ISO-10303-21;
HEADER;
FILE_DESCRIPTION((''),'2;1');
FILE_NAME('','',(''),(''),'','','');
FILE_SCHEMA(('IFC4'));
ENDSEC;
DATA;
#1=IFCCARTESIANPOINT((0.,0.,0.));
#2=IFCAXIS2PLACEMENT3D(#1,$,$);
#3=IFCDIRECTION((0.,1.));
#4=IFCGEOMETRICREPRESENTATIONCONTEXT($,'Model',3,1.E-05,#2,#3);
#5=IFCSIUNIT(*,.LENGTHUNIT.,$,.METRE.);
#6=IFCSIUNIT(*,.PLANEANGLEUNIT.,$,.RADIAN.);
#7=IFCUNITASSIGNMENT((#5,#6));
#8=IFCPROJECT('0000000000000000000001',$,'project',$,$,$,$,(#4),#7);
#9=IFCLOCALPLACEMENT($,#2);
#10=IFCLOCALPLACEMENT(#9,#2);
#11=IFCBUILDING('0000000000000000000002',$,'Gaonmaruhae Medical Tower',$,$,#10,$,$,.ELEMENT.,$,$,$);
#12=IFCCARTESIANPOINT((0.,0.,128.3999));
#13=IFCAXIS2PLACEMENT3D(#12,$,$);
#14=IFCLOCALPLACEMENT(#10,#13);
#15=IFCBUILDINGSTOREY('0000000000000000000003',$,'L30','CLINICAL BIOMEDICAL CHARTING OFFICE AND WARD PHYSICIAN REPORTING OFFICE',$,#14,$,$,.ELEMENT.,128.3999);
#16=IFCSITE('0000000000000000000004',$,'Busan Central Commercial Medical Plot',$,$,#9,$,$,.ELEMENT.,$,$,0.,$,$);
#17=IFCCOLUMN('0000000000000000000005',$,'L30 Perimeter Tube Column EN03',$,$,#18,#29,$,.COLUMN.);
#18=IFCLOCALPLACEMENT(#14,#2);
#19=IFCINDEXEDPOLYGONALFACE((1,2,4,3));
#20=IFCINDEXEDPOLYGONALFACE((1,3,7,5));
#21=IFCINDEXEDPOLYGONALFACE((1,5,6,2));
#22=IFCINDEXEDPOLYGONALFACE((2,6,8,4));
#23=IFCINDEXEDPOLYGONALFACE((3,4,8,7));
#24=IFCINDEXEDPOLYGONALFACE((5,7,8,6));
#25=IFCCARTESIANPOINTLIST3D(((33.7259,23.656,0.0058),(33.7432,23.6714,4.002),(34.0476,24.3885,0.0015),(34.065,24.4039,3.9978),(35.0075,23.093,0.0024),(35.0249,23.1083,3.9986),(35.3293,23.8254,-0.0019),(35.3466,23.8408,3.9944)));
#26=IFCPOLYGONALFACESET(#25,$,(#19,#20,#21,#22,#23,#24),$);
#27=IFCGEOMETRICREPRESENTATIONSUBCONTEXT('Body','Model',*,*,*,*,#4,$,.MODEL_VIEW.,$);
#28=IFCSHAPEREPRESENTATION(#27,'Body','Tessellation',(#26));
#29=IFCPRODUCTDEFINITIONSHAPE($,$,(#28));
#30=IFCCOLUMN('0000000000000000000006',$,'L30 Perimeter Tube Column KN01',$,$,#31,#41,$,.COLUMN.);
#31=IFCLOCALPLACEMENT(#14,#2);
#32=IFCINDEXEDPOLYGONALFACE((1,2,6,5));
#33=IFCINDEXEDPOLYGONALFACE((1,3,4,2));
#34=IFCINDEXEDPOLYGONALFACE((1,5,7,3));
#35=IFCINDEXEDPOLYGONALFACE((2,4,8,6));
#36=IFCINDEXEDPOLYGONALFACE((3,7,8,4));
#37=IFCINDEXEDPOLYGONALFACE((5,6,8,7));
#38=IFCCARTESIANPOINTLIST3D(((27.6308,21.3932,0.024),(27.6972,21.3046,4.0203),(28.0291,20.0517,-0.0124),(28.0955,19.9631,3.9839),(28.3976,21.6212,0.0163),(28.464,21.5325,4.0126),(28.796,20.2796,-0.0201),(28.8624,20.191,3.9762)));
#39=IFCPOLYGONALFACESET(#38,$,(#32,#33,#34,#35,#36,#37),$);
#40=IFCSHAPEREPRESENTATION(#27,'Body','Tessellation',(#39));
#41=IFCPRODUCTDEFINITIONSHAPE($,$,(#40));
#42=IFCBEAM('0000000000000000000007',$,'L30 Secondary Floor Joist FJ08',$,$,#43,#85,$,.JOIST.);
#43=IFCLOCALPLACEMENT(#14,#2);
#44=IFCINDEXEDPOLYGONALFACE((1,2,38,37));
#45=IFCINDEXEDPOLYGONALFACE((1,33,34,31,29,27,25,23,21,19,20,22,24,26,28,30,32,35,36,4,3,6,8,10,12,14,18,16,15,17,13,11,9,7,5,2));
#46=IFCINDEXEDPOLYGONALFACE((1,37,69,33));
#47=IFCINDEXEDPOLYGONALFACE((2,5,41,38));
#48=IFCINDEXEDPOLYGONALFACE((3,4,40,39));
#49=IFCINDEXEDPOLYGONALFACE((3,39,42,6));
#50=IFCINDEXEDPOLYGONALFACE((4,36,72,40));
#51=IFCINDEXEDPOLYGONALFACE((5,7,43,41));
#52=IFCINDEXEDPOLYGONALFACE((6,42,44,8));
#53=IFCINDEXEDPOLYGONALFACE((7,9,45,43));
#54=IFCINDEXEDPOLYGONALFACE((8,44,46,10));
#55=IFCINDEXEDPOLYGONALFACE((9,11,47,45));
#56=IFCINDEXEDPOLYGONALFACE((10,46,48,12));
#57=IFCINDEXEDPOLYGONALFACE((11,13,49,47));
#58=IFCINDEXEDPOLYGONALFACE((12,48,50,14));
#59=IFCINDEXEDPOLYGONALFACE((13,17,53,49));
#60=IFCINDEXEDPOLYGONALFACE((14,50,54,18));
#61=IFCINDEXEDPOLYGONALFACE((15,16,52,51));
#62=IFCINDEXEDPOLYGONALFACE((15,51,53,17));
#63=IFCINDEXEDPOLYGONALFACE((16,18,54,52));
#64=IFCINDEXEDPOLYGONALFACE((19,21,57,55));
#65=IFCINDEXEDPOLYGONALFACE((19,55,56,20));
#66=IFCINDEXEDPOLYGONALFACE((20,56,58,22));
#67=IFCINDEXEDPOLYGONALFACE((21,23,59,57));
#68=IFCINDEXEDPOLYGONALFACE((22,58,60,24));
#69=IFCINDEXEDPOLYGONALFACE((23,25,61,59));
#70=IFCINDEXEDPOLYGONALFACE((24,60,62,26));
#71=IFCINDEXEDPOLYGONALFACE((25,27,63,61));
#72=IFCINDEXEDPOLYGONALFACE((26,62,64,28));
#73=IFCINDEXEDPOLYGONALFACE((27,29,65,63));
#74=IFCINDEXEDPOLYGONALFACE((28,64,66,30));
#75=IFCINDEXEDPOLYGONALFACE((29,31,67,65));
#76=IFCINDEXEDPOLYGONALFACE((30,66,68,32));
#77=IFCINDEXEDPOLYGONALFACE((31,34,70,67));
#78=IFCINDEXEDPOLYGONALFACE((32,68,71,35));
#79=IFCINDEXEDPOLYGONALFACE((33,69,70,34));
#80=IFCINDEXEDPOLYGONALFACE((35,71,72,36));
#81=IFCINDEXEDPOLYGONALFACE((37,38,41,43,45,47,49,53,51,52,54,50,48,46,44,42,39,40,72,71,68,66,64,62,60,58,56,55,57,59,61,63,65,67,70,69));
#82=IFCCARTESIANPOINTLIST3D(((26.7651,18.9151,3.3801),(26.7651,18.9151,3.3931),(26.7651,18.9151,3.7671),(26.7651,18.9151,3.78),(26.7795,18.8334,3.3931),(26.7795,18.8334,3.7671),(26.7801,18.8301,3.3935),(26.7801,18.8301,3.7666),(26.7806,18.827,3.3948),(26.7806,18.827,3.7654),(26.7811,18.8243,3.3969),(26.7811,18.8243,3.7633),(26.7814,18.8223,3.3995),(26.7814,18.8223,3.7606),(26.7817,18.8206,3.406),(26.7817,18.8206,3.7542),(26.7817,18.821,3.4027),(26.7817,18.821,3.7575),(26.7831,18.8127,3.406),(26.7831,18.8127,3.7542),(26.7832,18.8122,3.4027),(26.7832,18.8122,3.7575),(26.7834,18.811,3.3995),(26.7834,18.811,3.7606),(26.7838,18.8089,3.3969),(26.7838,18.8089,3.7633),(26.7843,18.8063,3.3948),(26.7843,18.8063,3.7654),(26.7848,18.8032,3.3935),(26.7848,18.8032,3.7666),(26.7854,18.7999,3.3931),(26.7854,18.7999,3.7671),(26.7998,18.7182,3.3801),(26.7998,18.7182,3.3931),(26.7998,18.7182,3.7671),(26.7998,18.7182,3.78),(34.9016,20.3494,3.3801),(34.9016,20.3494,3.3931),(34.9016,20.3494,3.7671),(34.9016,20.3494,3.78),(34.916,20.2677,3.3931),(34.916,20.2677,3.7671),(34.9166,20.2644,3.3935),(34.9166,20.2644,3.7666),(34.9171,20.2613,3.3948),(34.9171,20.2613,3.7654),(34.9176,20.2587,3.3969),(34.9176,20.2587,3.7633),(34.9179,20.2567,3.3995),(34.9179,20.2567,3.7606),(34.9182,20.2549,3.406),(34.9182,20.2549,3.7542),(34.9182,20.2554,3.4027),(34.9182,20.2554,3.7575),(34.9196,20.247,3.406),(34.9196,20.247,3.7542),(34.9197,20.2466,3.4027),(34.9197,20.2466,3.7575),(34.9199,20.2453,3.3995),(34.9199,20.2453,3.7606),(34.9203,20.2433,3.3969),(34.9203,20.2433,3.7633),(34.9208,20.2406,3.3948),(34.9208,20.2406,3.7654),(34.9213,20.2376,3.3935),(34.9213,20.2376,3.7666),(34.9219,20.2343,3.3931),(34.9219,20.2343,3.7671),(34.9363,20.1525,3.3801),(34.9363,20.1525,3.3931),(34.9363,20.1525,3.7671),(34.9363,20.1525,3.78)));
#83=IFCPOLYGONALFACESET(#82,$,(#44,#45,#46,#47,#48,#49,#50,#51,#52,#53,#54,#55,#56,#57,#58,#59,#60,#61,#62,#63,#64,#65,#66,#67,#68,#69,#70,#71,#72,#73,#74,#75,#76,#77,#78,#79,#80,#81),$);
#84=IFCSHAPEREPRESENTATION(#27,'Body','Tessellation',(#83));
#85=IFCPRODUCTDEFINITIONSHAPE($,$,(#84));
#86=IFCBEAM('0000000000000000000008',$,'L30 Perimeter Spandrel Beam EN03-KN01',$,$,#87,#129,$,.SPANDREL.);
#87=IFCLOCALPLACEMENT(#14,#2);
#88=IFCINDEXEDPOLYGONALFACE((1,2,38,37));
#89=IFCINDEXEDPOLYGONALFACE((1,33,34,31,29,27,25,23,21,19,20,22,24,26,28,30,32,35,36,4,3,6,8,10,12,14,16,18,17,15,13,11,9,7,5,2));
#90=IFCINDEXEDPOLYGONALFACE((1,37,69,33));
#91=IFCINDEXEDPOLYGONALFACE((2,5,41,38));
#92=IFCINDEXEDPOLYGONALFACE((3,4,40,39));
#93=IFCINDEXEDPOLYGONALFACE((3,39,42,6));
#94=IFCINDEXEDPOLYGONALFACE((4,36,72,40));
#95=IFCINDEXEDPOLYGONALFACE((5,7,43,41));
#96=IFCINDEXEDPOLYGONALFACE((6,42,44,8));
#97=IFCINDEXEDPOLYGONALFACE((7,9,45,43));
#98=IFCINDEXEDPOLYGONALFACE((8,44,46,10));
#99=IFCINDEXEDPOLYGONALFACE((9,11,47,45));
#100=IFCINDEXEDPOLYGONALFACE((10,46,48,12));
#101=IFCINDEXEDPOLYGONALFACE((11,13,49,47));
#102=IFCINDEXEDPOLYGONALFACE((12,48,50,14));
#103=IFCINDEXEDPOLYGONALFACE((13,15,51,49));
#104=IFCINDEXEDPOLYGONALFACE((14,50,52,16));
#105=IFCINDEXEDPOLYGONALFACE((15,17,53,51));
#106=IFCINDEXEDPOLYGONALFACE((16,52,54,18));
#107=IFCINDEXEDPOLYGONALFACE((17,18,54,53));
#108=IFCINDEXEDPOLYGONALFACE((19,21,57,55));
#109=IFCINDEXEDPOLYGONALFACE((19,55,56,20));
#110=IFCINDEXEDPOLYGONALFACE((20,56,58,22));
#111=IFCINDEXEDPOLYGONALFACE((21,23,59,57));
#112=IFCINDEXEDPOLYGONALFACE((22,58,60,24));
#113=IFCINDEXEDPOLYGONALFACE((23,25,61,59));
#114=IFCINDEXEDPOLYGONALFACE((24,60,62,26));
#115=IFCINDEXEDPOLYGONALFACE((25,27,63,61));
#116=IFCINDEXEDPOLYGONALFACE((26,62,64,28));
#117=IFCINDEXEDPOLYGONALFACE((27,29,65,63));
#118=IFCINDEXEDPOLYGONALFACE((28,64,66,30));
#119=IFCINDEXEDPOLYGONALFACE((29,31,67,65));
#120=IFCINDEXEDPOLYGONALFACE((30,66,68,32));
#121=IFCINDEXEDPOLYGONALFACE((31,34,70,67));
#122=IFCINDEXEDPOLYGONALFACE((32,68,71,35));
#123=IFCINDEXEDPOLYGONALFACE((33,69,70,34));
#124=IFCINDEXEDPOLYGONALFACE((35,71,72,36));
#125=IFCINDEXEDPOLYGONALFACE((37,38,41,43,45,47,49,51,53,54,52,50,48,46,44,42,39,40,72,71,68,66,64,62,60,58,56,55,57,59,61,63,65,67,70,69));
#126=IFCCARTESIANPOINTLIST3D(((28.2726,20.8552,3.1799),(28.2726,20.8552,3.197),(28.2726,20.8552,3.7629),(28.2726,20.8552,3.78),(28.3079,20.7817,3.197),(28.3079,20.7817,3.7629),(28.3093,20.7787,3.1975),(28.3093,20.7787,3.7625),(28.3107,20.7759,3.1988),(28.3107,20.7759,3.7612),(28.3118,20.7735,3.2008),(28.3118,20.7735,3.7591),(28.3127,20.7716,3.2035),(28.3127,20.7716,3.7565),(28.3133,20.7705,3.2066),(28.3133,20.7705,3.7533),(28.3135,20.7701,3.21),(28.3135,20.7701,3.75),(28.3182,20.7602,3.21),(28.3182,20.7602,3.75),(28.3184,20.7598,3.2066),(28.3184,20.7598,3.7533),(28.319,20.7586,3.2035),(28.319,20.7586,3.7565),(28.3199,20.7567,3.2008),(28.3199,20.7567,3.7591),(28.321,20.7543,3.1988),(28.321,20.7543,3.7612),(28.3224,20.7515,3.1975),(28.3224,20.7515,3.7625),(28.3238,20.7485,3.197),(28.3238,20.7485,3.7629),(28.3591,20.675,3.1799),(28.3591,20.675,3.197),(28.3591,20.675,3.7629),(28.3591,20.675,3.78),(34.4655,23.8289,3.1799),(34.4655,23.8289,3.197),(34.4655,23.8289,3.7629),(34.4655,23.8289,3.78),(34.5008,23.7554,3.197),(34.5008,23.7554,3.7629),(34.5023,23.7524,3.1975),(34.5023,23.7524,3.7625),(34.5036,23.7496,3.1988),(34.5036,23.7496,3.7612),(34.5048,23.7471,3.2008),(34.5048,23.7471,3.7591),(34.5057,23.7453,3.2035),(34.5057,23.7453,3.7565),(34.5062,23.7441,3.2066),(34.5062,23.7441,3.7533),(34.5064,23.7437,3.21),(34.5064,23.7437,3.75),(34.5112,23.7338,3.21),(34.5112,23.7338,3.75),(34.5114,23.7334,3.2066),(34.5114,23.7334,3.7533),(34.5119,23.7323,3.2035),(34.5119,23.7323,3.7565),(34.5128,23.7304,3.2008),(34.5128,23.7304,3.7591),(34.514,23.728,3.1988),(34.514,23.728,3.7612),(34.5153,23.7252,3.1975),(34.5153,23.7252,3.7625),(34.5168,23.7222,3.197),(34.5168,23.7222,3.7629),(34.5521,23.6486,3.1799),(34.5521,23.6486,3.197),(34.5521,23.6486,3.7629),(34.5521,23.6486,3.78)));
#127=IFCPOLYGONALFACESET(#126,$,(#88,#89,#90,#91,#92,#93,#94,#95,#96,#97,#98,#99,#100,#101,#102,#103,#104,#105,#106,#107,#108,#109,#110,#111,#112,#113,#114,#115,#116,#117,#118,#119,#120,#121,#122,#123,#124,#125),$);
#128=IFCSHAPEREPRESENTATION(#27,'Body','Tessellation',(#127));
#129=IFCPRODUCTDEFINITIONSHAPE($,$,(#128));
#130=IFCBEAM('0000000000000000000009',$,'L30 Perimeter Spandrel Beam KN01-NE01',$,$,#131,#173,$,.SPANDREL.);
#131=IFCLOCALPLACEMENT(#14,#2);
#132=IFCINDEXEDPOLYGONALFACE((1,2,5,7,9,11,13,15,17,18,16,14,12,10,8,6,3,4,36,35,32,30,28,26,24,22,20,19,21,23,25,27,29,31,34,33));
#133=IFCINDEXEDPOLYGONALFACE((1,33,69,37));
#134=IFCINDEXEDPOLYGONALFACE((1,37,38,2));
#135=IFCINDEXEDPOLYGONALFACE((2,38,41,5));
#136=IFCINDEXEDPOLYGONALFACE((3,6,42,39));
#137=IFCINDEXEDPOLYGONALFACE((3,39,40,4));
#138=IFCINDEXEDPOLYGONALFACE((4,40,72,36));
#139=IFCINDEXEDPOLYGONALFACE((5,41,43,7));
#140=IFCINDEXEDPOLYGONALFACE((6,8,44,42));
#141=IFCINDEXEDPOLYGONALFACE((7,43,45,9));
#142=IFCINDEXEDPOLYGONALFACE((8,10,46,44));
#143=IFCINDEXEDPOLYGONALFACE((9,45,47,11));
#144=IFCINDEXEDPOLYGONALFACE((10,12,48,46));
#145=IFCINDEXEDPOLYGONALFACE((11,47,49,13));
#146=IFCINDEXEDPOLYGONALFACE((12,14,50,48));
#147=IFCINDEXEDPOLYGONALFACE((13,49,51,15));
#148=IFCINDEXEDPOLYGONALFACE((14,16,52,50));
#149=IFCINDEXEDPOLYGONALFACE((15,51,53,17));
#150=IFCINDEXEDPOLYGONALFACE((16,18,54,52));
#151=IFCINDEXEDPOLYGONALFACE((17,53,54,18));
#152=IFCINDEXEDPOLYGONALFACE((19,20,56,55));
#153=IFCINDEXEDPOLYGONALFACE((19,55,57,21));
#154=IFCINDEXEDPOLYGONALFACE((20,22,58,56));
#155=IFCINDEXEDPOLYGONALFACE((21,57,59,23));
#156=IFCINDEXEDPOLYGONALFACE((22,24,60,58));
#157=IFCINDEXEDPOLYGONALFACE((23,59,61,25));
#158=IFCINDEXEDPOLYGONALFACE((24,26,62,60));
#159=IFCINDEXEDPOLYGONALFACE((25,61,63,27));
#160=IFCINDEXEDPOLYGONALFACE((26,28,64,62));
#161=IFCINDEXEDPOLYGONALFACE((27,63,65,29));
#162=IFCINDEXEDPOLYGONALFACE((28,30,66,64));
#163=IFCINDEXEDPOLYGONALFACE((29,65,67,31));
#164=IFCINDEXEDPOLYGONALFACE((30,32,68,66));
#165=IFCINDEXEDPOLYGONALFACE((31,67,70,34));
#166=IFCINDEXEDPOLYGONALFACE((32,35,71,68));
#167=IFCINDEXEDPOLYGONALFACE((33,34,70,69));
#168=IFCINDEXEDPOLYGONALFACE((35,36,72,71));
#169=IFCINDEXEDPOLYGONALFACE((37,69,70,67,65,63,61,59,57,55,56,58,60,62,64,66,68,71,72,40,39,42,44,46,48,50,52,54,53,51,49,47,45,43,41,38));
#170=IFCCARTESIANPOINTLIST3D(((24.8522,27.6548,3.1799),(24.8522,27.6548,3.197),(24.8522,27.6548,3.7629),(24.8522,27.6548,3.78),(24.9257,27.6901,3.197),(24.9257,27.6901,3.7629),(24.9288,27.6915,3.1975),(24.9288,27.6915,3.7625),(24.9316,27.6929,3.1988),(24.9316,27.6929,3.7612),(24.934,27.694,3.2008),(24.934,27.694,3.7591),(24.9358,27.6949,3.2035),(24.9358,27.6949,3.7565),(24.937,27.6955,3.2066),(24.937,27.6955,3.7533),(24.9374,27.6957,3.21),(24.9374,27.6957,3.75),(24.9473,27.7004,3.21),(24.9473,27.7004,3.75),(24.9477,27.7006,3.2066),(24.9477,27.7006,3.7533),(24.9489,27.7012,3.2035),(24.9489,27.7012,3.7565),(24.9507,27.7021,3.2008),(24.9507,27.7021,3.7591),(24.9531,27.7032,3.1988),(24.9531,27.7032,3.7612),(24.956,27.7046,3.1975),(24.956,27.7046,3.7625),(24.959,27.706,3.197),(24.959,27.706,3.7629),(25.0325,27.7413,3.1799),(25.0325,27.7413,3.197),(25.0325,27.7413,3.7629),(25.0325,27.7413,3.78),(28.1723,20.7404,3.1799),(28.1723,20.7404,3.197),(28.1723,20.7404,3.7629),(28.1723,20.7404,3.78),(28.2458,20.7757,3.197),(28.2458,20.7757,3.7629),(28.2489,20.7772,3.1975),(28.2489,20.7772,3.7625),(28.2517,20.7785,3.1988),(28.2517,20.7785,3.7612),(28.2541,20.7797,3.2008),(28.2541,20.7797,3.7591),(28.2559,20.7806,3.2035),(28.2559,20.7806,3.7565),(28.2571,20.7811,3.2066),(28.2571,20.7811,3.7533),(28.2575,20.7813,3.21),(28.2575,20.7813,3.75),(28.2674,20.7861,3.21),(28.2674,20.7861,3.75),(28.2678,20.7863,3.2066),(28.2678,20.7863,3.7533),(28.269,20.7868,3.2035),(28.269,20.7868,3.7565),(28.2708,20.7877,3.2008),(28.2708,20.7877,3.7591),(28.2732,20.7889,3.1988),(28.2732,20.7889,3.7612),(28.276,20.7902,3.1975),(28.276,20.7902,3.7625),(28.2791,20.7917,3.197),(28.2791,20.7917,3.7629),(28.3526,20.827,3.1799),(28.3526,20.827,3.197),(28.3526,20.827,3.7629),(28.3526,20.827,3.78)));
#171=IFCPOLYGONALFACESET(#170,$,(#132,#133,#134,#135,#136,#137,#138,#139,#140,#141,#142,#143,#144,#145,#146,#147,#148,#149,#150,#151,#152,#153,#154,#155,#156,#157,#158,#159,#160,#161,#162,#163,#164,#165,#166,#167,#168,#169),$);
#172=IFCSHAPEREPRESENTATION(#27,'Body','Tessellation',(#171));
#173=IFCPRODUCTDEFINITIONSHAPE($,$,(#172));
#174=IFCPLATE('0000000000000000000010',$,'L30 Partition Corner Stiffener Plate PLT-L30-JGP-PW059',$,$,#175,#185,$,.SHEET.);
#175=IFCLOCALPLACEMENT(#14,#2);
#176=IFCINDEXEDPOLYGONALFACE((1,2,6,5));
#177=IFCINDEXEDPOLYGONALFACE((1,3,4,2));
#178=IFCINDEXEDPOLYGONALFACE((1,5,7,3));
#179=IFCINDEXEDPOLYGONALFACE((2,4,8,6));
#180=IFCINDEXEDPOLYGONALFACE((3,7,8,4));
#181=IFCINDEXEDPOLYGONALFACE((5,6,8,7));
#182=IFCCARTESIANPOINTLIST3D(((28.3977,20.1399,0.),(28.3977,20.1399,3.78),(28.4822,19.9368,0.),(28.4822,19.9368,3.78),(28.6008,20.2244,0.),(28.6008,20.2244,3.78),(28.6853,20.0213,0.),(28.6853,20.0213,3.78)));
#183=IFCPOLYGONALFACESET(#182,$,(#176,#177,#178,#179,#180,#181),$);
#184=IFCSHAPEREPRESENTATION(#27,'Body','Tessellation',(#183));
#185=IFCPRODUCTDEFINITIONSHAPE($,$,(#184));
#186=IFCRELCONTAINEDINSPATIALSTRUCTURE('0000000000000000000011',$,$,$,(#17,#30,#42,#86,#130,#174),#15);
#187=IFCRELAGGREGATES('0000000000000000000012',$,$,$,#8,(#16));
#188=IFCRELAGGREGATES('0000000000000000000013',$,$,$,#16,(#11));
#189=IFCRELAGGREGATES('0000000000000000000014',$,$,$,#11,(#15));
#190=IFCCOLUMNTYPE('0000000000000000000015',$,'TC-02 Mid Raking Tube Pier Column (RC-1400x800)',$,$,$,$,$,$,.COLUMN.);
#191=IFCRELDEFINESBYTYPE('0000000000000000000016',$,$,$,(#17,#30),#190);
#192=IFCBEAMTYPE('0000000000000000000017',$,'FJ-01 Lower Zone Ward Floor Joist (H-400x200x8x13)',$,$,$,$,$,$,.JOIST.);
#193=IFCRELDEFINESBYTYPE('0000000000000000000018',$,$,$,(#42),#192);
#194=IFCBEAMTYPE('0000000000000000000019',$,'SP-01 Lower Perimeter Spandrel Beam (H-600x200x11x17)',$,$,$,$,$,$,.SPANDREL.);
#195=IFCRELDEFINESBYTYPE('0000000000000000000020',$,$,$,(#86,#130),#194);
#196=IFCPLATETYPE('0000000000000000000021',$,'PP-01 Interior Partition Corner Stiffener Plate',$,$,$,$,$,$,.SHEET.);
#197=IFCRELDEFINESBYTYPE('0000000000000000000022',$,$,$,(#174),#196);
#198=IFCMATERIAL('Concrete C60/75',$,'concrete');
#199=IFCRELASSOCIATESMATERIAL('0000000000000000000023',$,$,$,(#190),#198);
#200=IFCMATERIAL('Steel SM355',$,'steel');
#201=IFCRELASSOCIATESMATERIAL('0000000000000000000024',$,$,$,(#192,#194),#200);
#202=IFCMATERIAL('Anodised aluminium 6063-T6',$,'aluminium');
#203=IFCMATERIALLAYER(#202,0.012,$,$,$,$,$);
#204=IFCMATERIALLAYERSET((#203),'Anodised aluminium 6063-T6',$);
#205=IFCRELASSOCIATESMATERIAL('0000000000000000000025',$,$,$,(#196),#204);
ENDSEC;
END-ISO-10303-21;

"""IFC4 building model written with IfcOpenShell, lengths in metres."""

from ifc_helpers import new_model, si_unit, direction, frame, origin, origin_2d, place, context, subcontext, project, spatial, rectangle, i_section, extrude, material, layer, layer_set, material_profile, profile_set, type_object, element, save


model = new_model("IFC4")

# Units and contexts
model_context = context("Model", 3, precision=1e-05, world=origin(), true_north=direction((0.0, 1.0)))
body_context = subcontext(model_context, "Body", "Model", "MODEL_VIEW")
ifc_project = project(units=[si_unit("LENGTHUNIT", "METRE"), si_unit("PLANEANGLEUNIT", "RADIAN")], contexts=[model_context])

# Site, building, storey
site_placement = place(None, origin())
site = spatial("IfcSite", under=ifc_project, at=site_placement, Name="Busan Central Commercial Medical Plot", CompositionType="ELEMENT", RefElevation=0.0)
building_placement = place(site_placement, origin())
building = spatial("IfcBuilding", under=site, at=building_placement, Name="Gaonmaruhae Medical Tower", CompositionType="ELEMENT")
storey_placement = place(building_placement, frame((0.0, 0.0, 128.3999)))
storey = spatial("IfcBuildingStorey", under=building, at=storey_placement, Name="L30", Description="CLINICAL BIOMEDICAL CHARTING OFFICE AND WARD PHYSICIAN REPORTING OFFICE", CompositionType="ELEMENT", Elevation=128.3999)

# Columns
ifc_material_1 = material(Name="Concrete C60/75", Category="concrete")
ifc_material_profile_1 = material_profile(ifc_material_1, rectangle(XDim=1.3999, YDim=0.8, at=origin_2d()), Name="RC-1400x800")
ifc_profile_set_1 = profile_set([ifc_material_profile_1], Name="Concrete C60/75")
column_type = type_object("IfcColumnType", Name="TC-02 Mid Raking Tube Pier Column (RC-1400x800)", PredefinedType="COLUMN", material=ifc_profile_set_1)
column_1_placement = place(storey_placement, frame((34.5276, 23.7407, 0.002), z_axis=(0.004337, 0.003849, 0.999983), x_axis=(-0.915541, 0.402218, 0.002423)))
element("IfcColumn", 1, at=column_1_placement, inside=storey, type_object=column_type, Name="L30 Perimeter Tube Column EN03", PredefinedType="COLUMN", context=body_context, shape_type="SweptSolid", body=[
    extrude(rectangle(XDim=1.3999, YDim=0.8, at=origin_2d()), origin(), (0.0, 0.0, 1.0), 3.9963),
])
column_2_placement = place(storey_placement, frame((28.2134, 20.8364, 0.002), z_axis=(0.01661, -0.022168, 0.999616), x_axis=(-0.284546, 0.95831, 0.02598)))
element("IfcColumn", 2, at=column_2_placement, inside=storey, type_object=column_type, Name="L30 Perimeter Tube Column KN01", PredefinedType="COLUMN", context=body_context, shape_type="SweptSolid", body=[
    extrude(rectangle(XDim=1.3999, YDim=0.8, at=origin_2d()), origin(), (0.0, 0.0, 1.0), 3.9978),
])

# Beams
ifc_material_2 = material(Name="Steel SM355", Category="steel")
ifc_material_profile_2 = material_profile(ifc_material_2, i_section(OverallWidth=0.2, OverallDepth=0.3999, WebThickness=0.0081, FlangeThickness=0.0129, FilletRadius=0.0129, at=origin_2d()), Name="H-400x200x8x13")
ifc_profile_set_2 = profile_set([ifc_material_profile_2], Name="Steel SM355")
beam_type_1 = type_object("IfcBeamType", Name="FJ-01 Lower Zone Ward Floor Joist (H-400x200x8x13)", PredefinedType="JOIST", material=ifc_profile_set_2)
beam_1_placement = place(storey_placement, frame((34.9189, 20.251, 3.5801), z_axis=(-0.984815, -0.173607, 0.0), x_axis=(0.173607, -0.984815, 0.0)))
element("IfcBeam", 3, at=beam_1_placement, inside=storey, type_object=beam_type_1, Name="L30 Secondary Floor Joist FJ08", PredefinedType="JOIST", context=body_context, shape_type="SweptSolid", body=[
    extrude(i_section(OverallWidth=0.2, OverallDepth=0.3999, WebThickness=0.0081, FlangeThickness=0.0129, FilletRadius=0.0129, at=origin_2d()), origin(), (0.0, 0.0, 1.0), 8.262),
])
ifc_material_profile_3 = material_profile(ifc_material_2, i_section(OverallWidth=0.2, OverallDepth=0.6001, WebThickness=0.011, FlangeThickness=0.0171, FilletRadius=0.0129, at=origin_2d()), Name="H-600x200x11x17")
ifc_profile_set_3 = profile_set([ifc_material_profile_3], Name="Steel SM355")
beam_type_2 = type_object("IfcBeamType", Name="SP-01 Lower Perimeter Spandrel Beam (H-600x200x11x17)", PredefinedType="SPANDREL", material=ifc_profile_set_3)
beam_2_placement = place(storey_placement, frame((34.5088, 23.7388, 3.48), z_axis=(-0.901463, -0.432856, 0.0), x_axis=(0.432856, -0.901463, 0.0)))
element("IfcBeam", 4, at=beam_2_placement, inside=storey, type_object=beam_type_2, Name="L30 Perimeter Spandrel Beam EN03-KN01", PredefinedType="SPANDREL", context=body_context, shape_type="SweptSolid", body=[
    extrude(i_section(OverallWidth=0.2, OverallDepth=0.6001, WebThickness=0.011, FlangeThickness=0.0171, FilletRadius=0.0129, at=origin_2d()), origin(), (0.0, 0.0, 1.0), 6.8699),
])
beam_3_placement = place(storey_placement, frame((28.2625, 20.7837, 3.48), z_axis=(-0.432858, 0.901462, 0.0), x_axis=(-0.901462, -0.432858, 0.0)))
element("IfcBeam", 5, at=beam_3_placement, inside=storey, type_object=beam_type_2, Name="L30 Perimeter Spandrel Beam KN01-NE01", PredefinedType="SPANDREL", context=body_context, shape_type="SweptSolid", body=[
    extrude(i_section(OverallWidth=0.2, OverallDepth=0.6001, WebThickness=0.011, FlangeThickness=0.0171, FilletRadius=0.0129, at=origin_2d()), origin(), (0.0, 0.0, 1.0), 7.6702),
])

# Plate
ifc_material_3 = material(Name="Anodised aluminium 6063-T6", Category="aluminium")
ifc_layer_1 = layer(ifc_material_3, 0.012)
ifc_layer_set_1 = layer_set([ifc_layer_1], Name="Anodised aluminium 6063-T6")
plate_type = type_object("IfcPlateType", Name="PP-01 Interior Partition Corner Stiffener Plate", PredefinedType="SHEET", material=ifc_layer_set_1)
for number, where, z_axis, x_axis, name in (
    (6, (28.5415, 20.0806, 0.0), (0.0, 0.0, 1.0), (-0.923311, -0.384054, 0.0), "L30 Partition Corner Stiffener Plate PLT-L30-JGP-PW059"),
):
    element("IfcPlate", number, at=place(storey_placement, frame(where, z_axis=z_axis, x_axis=x_axis)), inside=storey, type_object=plate_type, Name=name, PredefinedType="SHEET", context=body_context, shape_type="SweptSolid", body=[
        extrude(rectangle(XDim=0.22, YDim=0.22, at=origin_2d()), origin(), (0.0, 0.0, 1.0), 3.78),
    ])

save(model, "model.ifc")
